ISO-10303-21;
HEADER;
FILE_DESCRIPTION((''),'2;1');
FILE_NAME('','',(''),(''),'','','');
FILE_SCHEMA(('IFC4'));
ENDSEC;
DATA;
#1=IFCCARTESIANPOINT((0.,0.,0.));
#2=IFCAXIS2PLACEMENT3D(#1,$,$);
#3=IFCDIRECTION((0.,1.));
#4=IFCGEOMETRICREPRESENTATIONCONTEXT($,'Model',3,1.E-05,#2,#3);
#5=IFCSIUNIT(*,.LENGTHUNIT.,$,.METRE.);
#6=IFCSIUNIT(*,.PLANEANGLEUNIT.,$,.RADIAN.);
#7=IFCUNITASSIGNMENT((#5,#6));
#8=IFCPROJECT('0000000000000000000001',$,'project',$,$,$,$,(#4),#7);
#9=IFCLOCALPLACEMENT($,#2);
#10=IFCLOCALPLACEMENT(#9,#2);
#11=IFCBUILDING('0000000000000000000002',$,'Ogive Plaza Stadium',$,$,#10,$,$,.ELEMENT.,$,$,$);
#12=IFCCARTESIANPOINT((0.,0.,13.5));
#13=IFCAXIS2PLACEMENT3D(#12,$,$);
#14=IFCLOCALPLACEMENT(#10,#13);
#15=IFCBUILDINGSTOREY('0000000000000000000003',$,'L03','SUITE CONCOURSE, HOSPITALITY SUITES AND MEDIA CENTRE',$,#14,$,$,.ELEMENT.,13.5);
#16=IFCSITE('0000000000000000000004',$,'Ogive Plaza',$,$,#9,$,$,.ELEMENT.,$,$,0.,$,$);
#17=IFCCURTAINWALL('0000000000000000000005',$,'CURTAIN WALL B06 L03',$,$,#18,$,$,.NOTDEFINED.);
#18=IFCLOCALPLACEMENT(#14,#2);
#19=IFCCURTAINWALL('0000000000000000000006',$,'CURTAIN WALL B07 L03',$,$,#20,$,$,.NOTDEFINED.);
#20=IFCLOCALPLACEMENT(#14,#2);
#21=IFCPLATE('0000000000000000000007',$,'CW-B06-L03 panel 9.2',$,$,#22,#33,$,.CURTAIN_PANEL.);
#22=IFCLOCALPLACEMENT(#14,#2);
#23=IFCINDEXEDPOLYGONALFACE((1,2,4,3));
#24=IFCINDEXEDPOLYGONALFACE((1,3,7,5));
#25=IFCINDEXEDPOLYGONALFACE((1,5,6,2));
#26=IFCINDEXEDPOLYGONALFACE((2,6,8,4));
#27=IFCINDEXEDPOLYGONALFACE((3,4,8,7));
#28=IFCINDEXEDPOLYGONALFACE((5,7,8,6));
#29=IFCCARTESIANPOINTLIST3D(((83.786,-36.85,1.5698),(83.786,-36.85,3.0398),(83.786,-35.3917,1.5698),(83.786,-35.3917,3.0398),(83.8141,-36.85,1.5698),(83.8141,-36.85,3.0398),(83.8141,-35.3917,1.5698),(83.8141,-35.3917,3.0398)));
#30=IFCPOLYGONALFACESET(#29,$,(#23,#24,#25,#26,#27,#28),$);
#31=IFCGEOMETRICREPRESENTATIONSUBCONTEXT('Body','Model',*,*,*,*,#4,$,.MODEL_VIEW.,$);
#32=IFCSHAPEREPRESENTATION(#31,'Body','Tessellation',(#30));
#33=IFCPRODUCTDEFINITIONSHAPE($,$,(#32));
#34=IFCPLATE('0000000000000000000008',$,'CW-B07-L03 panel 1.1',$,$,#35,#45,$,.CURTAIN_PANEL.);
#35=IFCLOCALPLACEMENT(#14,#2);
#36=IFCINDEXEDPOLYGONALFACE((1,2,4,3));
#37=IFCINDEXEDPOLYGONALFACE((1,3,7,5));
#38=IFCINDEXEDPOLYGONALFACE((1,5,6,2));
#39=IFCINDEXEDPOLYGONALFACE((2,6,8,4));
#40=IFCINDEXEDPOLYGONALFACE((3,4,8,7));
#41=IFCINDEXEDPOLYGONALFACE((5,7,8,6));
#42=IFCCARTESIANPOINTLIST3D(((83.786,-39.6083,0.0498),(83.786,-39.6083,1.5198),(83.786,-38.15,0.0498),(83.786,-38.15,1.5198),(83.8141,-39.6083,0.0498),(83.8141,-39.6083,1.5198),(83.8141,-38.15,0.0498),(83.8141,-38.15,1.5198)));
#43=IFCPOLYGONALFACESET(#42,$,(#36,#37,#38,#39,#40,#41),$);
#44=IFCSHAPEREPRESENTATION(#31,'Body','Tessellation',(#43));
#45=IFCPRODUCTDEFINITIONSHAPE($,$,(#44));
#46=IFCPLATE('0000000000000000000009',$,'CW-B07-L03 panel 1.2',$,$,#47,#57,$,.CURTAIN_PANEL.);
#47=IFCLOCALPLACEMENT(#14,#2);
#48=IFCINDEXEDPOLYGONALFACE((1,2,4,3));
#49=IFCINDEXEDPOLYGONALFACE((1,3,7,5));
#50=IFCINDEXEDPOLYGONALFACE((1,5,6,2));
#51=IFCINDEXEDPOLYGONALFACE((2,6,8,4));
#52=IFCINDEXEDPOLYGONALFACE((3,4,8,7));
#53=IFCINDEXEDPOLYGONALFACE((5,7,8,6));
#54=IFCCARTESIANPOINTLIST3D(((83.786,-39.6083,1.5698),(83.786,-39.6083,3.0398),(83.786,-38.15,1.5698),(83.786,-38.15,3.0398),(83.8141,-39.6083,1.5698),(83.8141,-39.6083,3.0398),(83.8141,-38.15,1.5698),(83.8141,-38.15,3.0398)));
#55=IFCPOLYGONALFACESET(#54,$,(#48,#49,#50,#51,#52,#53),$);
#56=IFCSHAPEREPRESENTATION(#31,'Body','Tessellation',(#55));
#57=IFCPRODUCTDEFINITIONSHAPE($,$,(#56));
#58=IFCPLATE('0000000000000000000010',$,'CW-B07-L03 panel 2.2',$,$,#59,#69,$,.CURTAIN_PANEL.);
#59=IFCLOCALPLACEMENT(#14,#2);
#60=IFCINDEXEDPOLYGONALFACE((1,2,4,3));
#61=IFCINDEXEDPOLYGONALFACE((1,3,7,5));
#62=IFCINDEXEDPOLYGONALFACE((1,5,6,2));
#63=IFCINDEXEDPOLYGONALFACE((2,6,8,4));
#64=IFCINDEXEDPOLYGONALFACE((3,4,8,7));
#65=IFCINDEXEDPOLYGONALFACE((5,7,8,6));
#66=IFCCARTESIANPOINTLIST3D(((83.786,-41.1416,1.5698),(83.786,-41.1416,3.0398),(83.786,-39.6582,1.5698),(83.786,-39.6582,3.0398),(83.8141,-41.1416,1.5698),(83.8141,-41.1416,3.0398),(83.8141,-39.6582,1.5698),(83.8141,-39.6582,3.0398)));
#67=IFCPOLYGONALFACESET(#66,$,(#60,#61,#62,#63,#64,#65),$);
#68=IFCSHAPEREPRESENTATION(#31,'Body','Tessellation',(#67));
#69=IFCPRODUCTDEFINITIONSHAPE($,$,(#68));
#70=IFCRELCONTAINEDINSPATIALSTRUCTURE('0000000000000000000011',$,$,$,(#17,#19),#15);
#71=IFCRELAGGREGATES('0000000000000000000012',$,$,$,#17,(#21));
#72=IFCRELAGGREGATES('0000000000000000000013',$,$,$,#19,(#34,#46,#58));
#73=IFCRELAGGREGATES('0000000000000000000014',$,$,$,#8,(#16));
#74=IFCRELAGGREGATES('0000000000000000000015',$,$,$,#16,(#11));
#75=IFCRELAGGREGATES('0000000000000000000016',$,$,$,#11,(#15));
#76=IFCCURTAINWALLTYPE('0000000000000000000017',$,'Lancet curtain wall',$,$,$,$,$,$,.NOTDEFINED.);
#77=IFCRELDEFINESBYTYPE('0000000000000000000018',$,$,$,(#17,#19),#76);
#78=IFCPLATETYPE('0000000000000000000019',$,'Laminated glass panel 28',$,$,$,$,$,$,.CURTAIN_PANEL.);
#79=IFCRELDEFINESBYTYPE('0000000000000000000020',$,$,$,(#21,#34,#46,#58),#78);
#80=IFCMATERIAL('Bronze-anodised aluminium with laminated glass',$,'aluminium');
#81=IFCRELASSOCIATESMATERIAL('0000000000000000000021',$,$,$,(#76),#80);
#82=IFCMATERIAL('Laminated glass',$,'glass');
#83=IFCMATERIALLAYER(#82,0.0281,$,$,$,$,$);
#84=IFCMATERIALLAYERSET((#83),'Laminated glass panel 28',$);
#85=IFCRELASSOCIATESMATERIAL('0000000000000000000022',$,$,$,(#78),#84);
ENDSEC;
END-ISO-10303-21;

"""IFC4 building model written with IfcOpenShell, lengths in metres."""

from ifc_helpers import new_model, si_unit, direction, frame, origin, origin_2d, place, context, subcontext, project, spatial, rectangle, extrude, material, layer, layer_set, type_object, element, aggregate, save


model = new_model("IFC4")

# Units and contexts
model_context = context("Model", 3, precision=1e-05, world=origin(), true_north=direction((0.0, 1.0)))
body_context = subcontext(model_context, "Body", "Model", "MODEL_VIEW")
ifc_project = project(units=[si_unit("LENGTHUNIT", "METRE"), si_unit("PLANEANGLEUNIT", "RADIAN")], contexts=[model_context])

# Site, building, storey
site_placement = place(None, origin())
site = spatial("IfcSite", under=ifc_project, at=site_placement, Name="Ogive Plaza", CompositionType="ELEMENT", RefElevation=0.0)
building_placement = place(site_placement, origin())
building = spatial("IfcBuilding", under=site, at=building_placement, Name="Ogive Plaza Stadium", CompositionType="ELEMENT")
storey_placement = place(building_placement, frame((0.0, 0.0, 13.5)))
storey = spatial("IfcBuildingStorey", under=building, at=storey_placement, Name="L03", Description="SUITE CONCOURSE, HOSPITALITY SUITES AND MEDIA CENTRE", CompositionType="ELEMENT", Elevation=13.5)

# Curtain walls
ifc_material_1 = material(Name="Bronze-anodised aluminium with laminated glass", Category="aluminium")
curtain_wall_type = type_object("IfcCurtainWallType", Name="Lancet curtain wall", PredefinedType="NOTDEFINED", material=ifc_material_1)
curtain_wall_1_placement = place(storey_placement, origin())
curtain_wall_1 = element("IfcCurtainWall", 1, at=curtain_wall_1_placement, inside=storey, type_object=curtain_wall_type, Name="CURTAIN WALL B06 L03", PredefinedType="NOTDEFINED")
curtain_wall_2_placement = place(storey_placement, origin())
curtain_wall_2 = element("IfcCurtainWall", 2, at=curtain_wall_2_placement, inside=storey, type_object=curtain_wall_type, Name="CURTAIN WALL B07 L03", PredefinedType="NOTDEFINED")

# Plates
ifc_material_2 = material(Name="Laminated glass", Category="glass")
ifc_layer = layer(ifc_material_2, 0.0281)
ifc_layer_set = layer_set([ifc_layer], Name="Laminated glass panel 28")
plate_type = type_object("IfcPlateType", Name="Laminated glass panel 28", PredefinedType="CURTAIN_PANEL", material=ifc_layer_set)
plate_1_placement = place(storey_placement, frame((83.8, -36.1208, 1.5698), z_axis=(0.0, 0.0, 1.0), x_axis=(0.0, -1.0, 0.0)))
plate_1 = element("IfcPlate", 3, at=plate_1_placement, type_object=plate_type, Name="CW-B06-L03 panel 9.2", PredefinedType="CURTAIN_PANEL", context=body_context, shape_type="SweptSolid", body=[
    extrude(rectangle(XDim=1.4583, YDim=0.0281, at=origin_2d()), origin(), (0.0, 0.0, 1.0), 1.47),
])
aggregate(curtain_wall_1, [plate_1])
plate_2_placement = place(storey_placement, frame((83.8, -38.8792, 0.0498), z_axis=(0.0, 0.0, 1.0), x_axis=(0.0, -1.0, 0.0)))
plate_2 = element("IfcPlate", 4, at=plate_2_placement, type_object=plate_type, Name="CW-B07-L03 panel 1.1", PredefinedType="CURTAIN_PANEL", context=body_context, shape_type="SweptSolid", body=[
    extrude(rectangle(XDim=1.4583, YDim=0.0281, at=origin_2d()), origin(), (0.0, 0.0, 1.0), 1.47),
])
plate_3_placement = place(storey_placement, frame((83.8, -38.8792, 1.5698), z_axis=(0.0, 0.0, 1.0), x_axis=(0.0, -1.0, 0.0)))
plate_3 = element("IfcPlate", 5, at=plate_3_placement, type_object=plate_type, Name="CW-B07-L03 panel 1.2", PredefinedType="CURTAIN_PANEL", context=body_context, shape_type="SweptSolid", body=[
    extrude(rectangle(XDim=1.4583, YDim=0.0281, at=origin_2d()), origin(), (0.0, 0.0, 1.0), 1.47),
])
plate_4_placement = place(storey_placement, frame((83.8, -40.3999, 1.5698), z_axis=(0.0, 0.0, 1.0), x_axis=(0.0, -1.0, 0.0)))
plate_4 = element("IfcPlate", 6, at=plate_4_placement, type_object=plate_type, Name="CW-B07-L03 panel 2.2", PredefinedType="CURTAIN_PANEL", context=body_context, shape_type="SweptSolid", body=[
    extrude(rectangle(XDim=1.4834, YDim=0.0281, at=origin_2d()), origin(), (0.0, 0.0, 1.0), 1.47),
])
aggregate(curtain_wall_2, [plate_2, plate_3, plate_4])

save(model, "model.ifc")
